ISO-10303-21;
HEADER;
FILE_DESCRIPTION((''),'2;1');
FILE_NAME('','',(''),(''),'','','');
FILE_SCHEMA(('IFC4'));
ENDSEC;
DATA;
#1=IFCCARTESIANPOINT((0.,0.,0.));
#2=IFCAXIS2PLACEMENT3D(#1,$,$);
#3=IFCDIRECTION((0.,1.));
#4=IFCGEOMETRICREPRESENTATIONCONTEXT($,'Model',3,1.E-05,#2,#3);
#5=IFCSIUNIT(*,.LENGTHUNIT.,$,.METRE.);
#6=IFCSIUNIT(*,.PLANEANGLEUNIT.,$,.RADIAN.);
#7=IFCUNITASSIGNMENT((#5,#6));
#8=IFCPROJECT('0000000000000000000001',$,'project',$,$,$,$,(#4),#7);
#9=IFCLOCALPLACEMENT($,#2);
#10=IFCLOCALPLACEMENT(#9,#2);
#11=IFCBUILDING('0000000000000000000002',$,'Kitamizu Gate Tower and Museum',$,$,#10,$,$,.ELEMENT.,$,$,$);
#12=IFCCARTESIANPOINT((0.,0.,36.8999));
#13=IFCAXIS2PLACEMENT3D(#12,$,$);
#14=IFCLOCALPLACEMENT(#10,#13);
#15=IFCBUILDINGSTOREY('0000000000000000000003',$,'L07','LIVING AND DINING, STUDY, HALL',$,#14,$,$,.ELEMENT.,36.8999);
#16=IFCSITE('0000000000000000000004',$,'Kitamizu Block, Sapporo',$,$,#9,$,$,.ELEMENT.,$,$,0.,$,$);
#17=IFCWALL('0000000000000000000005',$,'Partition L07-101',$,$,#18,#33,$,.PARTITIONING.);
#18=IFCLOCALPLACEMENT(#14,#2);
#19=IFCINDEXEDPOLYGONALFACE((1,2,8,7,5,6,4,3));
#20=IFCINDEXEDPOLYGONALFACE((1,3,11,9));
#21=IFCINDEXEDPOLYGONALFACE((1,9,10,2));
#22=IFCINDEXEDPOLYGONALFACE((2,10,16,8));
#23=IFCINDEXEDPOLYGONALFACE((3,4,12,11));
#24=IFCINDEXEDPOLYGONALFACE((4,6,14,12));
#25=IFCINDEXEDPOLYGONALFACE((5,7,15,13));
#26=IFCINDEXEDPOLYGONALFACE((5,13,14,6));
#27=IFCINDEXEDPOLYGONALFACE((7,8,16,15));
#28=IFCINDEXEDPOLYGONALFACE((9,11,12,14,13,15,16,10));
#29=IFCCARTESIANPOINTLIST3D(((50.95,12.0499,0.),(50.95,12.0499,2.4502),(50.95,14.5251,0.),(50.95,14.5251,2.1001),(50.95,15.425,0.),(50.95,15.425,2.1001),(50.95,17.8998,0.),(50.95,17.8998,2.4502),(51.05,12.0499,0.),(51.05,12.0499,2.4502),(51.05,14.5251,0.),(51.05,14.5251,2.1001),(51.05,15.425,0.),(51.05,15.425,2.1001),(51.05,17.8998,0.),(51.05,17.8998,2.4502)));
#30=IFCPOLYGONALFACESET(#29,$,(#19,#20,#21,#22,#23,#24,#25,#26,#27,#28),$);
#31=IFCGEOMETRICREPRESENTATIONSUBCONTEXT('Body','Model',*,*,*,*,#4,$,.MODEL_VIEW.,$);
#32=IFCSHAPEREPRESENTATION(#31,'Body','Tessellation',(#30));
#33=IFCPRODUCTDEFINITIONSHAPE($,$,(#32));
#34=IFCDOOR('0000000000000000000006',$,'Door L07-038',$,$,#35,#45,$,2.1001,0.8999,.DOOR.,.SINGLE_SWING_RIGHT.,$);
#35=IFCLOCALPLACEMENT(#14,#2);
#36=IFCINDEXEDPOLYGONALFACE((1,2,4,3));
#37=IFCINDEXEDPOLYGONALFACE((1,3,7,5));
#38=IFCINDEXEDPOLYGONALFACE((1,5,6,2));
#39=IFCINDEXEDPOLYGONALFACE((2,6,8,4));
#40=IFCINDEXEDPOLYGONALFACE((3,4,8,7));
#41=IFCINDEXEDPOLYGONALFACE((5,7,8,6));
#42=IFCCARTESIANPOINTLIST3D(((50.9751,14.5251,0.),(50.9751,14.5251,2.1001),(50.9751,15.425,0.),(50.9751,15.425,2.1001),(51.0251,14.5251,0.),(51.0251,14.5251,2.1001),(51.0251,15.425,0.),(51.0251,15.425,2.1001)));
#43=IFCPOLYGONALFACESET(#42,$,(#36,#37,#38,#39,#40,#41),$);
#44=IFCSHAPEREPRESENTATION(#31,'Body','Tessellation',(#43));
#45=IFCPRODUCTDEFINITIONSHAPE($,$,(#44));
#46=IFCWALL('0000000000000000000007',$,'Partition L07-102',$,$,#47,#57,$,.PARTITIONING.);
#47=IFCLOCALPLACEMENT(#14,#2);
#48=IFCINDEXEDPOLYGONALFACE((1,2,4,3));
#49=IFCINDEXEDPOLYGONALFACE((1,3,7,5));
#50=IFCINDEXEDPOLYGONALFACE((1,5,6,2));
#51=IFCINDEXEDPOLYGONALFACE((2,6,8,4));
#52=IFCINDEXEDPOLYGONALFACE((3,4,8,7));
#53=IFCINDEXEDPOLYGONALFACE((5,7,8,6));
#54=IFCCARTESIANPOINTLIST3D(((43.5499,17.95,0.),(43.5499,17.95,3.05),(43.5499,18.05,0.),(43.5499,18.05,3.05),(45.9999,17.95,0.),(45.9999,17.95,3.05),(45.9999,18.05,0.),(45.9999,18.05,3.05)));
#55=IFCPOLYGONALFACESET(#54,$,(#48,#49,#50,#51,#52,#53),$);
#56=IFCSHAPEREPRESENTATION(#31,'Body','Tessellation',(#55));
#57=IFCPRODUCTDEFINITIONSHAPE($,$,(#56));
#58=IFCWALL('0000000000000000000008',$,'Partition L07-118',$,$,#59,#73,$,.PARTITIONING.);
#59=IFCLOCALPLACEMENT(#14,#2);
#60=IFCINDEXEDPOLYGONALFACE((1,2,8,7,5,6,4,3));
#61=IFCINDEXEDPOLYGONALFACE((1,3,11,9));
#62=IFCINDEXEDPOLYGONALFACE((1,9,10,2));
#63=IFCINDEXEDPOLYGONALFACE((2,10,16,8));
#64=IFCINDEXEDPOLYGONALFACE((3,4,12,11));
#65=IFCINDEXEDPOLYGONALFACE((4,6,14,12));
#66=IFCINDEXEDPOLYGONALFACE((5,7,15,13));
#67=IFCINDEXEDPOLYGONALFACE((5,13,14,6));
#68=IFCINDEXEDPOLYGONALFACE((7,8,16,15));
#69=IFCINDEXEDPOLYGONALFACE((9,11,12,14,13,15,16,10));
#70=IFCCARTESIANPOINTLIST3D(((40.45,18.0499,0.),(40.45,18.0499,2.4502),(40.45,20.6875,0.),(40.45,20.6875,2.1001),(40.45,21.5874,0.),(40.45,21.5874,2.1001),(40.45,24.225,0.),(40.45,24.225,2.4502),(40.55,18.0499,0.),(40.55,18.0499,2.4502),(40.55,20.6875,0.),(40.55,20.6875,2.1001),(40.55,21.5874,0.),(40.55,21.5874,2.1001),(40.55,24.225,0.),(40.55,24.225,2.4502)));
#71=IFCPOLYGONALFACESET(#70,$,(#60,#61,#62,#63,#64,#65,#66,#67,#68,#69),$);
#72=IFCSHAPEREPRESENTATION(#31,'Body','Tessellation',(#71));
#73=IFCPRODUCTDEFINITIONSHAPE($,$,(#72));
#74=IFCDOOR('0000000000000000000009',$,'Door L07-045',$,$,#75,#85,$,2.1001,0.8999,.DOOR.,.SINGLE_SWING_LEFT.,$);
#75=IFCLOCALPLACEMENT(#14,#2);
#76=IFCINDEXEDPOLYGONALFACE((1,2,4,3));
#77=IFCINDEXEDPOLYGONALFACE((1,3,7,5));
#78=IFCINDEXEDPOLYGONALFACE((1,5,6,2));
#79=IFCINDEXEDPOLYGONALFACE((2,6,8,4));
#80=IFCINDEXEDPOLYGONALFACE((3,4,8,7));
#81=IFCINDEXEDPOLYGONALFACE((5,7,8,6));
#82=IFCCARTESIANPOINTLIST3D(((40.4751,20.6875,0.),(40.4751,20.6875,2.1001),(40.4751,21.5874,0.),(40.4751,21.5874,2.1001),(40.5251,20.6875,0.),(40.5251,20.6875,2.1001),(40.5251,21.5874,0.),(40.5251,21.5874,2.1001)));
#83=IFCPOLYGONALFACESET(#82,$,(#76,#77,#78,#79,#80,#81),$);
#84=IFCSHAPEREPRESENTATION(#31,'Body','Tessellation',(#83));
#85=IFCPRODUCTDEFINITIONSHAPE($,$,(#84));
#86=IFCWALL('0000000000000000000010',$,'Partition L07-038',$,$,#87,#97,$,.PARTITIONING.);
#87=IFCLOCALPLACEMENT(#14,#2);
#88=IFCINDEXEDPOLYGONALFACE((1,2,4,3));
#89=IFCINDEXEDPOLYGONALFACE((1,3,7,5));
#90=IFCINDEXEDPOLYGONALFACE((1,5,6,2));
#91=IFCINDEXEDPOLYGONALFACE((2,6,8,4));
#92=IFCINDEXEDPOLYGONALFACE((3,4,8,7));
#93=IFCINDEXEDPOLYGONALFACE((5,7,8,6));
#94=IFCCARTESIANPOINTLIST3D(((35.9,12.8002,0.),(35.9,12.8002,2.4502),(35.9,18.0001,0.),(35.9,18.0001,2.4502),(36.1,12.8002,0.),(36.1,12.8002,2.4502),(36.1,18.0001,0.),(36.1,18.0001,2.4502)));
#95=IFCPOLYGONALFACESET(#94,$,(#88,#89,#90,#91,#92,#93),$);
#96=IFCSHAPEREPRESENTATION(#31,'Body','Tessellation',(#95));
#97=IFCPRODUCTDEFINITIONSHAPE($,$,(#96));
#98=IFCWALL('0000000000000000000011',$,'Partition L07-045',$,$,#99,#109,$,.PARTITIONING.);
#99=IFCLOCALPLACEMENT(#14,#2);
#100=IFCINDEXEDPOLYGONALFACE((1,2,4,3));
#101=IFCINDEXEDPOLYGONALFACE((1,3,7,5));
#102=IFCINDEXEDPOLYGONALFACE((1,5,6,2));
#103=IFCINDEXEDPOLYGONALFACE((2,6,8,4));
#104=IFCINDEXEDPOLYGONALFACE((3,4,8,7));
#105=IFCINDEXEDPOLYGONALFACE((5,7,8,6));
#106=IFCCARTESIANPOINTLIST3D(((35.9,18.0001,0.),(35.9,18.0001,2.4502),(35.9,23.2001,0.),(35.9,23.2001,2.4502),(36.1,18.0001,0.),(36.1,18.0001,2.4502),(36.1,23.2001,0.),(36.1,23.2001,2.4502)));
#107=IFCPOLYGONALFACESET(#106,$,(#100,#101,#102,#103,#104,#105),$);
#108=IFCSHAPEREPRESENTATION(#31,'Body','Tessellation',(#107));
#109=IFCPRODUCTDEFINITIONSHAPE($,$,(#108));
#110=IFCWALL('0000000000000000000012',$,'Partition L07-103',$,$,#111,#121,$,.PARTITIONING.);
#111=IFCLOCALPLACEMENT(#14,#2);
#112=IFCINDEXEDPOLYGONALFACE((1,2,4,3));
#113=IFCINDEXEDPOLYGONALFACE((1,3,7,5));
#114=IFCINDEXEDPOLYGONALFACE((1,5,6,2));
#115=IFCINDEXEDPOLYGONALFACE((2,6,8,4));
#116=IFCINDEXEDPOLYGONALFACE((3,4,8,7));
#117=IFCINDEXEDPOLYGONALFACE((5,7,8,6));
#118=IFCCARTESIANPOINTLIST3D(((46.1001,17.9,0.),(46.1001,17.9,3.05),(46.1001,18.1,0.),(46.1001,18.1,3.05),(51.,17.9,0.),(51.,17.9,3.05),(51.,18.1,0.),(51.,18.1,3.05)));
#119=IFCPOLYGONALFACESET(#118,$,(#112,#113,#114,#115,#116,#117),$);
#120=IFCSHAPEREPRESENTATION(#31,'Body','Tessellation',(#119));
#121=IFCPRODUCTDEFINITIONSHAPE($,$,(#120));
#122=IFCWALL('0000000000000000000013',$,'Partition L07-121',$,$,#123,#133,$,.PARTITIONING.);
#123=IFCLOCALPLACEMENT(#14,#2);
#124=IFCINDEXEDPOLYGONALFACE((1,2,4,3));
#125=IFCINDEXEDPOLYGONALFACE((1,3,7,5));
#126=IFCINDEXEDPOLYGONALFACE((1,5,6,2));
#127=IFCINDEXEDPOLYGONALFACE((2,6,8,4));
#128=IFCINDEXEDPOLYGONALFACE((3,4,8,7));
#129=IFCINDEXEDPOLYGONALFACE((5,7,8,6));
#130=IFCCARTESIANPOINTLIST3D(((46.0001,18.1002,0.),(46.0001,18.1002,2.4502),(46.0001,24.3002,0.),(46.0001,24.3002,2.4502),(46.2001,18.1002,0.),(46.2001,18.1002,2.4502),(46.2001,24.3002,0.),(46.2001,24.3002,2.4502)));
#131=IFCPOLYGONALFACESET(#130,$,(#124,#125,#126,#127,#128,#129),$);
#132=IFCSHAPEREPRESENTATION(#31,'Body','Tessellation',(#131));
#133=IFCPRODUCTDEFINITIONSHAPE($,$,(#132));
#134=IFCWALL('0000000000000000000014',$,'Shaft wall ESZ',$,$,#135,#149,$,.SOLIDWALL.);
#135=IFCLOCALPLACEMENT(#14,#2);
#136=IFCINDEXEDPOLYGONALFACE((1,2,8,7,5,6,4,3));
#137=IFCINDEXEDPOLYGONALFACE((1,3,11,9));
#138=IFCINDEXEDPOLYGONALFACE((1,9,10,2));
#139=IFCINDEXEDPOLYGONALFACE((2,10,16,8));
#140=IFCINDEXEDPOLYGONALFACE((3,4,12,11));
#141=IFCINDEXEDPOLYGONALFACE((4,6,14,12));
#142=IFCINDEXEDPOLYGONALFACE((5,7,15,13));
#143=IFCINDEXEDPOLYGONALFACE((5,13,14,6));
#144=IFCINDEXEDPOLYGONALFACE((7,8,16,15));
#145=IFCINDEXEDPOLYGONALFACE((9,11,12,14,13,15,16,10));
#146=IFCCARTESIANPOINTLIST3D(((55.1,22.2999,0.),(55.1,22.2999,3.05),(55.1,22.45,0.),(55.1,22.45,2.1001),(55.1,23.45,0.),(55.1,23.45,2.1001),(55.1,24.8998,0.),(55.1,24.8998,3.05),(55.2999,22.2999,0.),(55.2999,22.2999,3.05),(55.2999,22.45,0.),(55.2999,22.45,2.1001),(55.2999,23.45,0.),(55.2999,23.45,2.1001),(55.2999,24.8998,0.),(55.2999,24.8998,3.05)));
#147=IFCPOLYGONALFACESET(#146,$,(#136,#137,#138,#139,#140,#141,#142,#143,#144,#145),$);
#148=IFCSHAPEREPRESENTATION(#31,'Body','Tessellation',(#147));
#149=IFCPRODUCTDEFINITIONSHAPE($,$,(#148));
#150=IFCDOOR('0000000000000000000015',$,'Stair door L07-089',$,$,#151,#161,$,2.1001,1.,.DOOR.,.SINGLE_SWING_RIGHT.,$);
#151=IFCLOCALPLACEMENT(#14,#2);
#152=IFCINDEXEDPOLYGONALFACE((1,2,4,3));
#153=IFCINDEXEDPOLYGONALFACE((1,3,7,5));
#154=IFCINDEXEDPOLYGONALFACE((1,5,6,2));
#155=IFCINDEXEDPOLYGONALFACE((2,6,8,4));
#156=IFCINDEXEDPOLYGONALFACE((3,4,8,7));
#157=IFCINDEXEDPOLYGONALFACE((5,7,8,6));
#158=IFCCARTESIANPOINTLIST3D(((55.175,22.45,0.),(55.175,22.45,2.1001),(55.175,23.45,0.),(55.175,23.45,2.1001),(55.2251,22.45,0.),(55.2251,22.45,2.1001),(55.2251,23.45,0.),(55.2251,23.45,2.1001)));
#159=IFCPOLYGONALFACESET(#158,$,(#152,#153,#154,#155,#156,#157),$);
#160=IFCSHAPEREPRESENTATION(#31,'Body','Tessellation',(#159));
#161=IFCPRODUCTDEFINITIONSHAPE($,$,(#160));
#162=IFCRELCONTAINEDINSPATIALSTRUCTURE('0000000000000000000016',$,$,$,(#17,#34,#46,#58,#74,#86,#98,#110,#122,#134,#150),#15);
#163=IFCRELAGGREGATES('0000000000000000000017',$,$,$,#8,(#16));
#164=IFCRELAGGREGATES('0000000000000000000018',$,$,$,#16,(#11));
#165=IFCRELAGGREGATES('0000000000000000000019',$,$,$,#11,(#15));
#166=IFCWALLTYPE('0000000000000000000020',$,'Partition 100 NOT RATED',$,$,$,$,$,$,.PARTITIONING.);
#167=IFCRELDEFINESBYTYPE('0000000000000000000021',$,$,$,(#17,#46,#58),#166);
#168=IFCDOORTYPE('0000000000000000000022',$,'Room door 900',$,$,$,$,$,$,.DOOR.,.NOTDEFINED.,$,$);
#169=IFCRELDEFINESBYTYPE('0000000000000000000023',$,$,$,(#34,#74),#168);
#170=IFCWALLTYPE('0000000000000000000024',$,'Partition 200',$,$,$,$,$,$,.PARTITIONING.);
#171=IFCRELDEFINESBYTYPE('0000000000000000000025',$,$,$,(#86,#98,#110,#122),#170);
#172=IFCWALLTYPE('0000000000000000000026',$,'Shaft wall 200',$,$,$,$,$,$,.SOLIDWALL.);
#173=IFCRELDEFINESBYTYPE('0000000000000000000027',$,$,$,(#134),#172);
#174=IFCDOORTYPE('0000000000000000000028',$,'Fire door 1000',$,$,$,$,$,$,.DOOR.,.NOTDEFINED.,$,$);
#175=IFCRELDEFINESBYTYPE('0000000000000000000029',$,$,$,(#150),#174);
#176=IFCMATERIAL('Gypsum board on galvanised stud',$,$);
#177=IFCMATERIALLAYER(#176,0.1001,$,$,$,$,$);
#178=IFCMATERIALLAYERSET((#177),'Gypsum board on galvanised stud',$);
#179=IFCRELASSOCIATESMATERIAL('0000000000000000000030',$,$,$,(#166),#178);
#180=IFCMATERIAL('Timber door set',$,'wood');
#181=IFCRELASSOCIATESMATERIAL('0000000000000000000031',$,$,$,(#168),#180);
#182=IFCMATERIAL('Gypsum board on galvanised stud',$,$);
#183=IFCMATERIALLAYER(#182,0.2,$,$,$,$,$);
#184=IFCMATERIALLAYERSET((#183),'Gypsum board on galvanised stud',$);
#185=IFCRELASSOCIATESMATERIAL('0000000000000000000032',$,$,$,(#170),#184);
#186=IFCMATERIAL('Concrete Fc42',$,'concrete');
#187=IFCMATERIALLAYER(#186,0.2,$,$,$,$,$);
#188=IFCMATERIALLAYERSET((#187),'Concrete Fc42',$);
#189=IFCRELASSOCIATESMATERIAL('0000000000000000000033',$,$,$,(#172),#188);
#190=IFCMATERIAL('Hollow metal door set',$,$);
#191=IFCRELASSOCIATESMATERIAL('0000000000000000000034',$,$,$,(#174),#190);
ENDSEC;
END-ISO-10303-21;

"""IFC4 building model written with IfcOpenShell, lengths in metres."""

from ifc_helpers import new_model, si_unit, direction, frame, frame_2d, origin, place, context, subcontext, project, spatial, rectangle, extrude, material, layer, layer_set, type_object, element, fill, save


model = new_model("IFC4")

# Units and contexts
model_context = context("Model", 3, precision=1e-05, world=origin(), true_north=direction((0.0, 1.0)))
body_context = subcontext(model_context, "Body", "Model", "MODEL_VIEW")
ifc_project = project(units=[si_unit("LENGTHUNIT", "METRE"), si_unit("PLANEANGLEUNIT", "RADIAN")], contexts=[model_context])

# Site, building, storey
site_placement = place(None, origin())
site = spatial("IfcSite", under=ifc_project, at=site_placement, Name="Kitamizu Block, Sapporo", CompositionType="ELEMENT", RefElevation=0.0)
building_placement = place(site_placement, origin())
building = spatial("IfcBuilding", under=site, at=building_placement, Name="Kitamizu Gate Tower and Museum", CompositionType="ELEMENT")
storey_placement = place(building_placement, frame((0.0, 0.0, 36.8999)))
storey = spatial("IfcBuildingStorey", under=building, at=storey_placement, Name="L07", Description="LIVING AND DINING, STUDY, HALL", CompositionType="ELEMENT", Elevation=36.8999)

# Shared definitions
ifc_material_1 = material(Name="Gypsum board on galvanised stud")
ifc_layer_1 = layer(ifc_material_1, 0.1001)
ifc_layer_set_1 = layer_set([ifc_layer_1], Name="Gypsum board on galvanised stud")
wall_type_1 = type_object("IfcWallType", Name="Partition 100 NOT RATED", PredefinedType="PARTITIONING", material=ifc_layer_set_1)

# Shared definitions
ifc_material_2 = material(Name="Timber door set", Category="wood")
door_type_1 = type_object("IfcDoorType", Name="Room door 900", OperationType="NOTDEFINED", PredefinedType="DOOR", material=ifc_material_2)

# Wall, opening, door
wall_1_placement = place(storey_placement, frame((51.0, 12.05, 0.0), z_axis=(0.0, 0.0, 1.0), x_axis=(0.0, 1.0, 0.0)))
wall_1 = element("IfcWall", 1, at=wall_1_placement, inside=storey, type_object=wall_type_1, Name="Partition L07-101", PredefinedType="PARTITIONING", context=body_context, shape_type="SweptSolid", body=[
    extrude(rectangle(XDim=5.8499, YDim=0.1001, at=frame_2d((2.9248, 0.0))), origin(), (0.0, 0.0, 1.0), 2.4502),
])
opening_1_placement = place(wall_1_placement, frame((2.4751, 0.0, 0.0)))
opening_1 = element("IfcOpeningElement", 2, at=opening_1_placement, cuts=wall_1, PredefinedType="OPENING", context=body_context, shape_type="SweptSolid", body=[
    extrude(rectangle(XDim=0.8999, YDim=2.1001, at=frame_2d((0.45, 1.05))), frame((0.0, 0.0601, 0.0), z_axis=(0.0, -1.0, 0.0), x_axis=(1.0, 0.0, 0.0)), (0.0, 0.0, 1.0), 0.1201),
])
door_1_placement = place(opening_1_placement, origin())
door_1 = element("IfcDoor", 3, at=door_1_placement, inside=storey, type_object=door_type_1, Name="Door L07-038", OperationType="SINGLE_SWING_RIGHT", OverallHeight=2.1001, OverallWidth=0.8999, PredefinedType="DOOR", context=body_context, shape_type="SweptSolid", body=[
    extrude(rectangle(XDim=0.8999, YDim=2.1001, at=frame_2d((0.45, 1.05))), frame((0.0, 0.0249, 0.0), z_axis=(0.0, -1.0, 0.0), x_axis=(1.0, 0.0, 0.0)), (0.0, 0.0, 1.0), 0.05),
])
fill(opening_1, door_1)

# Wall
wall_2_placement = place(storey_placement, frame((46.0, 18.0, 0.0), z_axis=(0.0, 0.0, 1.0), x_axis=(-1.0, 0.0, 0.0)))
element("IfcWall", 4, at=wall_2_placement, inside=storey, type_object=wall_type_1, Name="Partition L07-102", PredefinedType="PARTITIONING", context=body_context, shape_type="SweptSolid", body=[
    extrude(rectangle(XDim=2.45, YDim=0.1001, at=frame_2d((1.2251, 0.0))), origin(), (0.0, 0.0, 1.0), 3.05),
])

# Wall, opening, door
wall_3_placement = place(storey_placement, frame((40.5, 18.05, 0.0), z_axis=(0.0, 0.0, 1.0), x_axis=(0.0, 1.0, 0.0)))
wall_3 = element("IfcWall", 5, at=wall_3_placement, inside=storey, type_object=wall_type_1, Name="Partition L07-118", PredefinedType="PARTITIONING", context=body_context, shape_type="SweptSolid", body=[
    extrude(rectangle(XDim=6.175, YDim=0.1001, at=frame_2d((3.0874, 0.0))), origin(), (0.0, 0.0, 1.0), 2.4502),
])
opening_2_placement = place(wall_3_placement, frame((2.6375, 0.0, 0.0)))
opening_2 = element("IfcOpeningElement", 6, at=opening_2_placement, cuts=wall_3, PredefinedType="OPENING", context=body_context, shape_type="SweptSolid", body=[
    extrude(rectangle(XDim=0.8999, YDim=2.1001, at=frame_2d((0.45, 1.05))), frame((0.0, 0.0601, 0.0), z_axis=(0.0, -1.0, 0.0), x_axis=(1.0, 0.0, 0.0)), (0.0, 0.0, 1.0), 0.1201),
])
door_2_placement = place(opening_2_placement, origin())
door_2 = element("IfcDoor", 7, at=door_2_placement, inside=storey, type_object=door_type_1, Name="Door L07-045", OperationType="SINGLE_SWING_LEFT", OverallHeight=2.1001, OverallWidth=0.8999, PredefinedType="DOOR", context=body_context, shape_type="SweptSolid", body=[
    extrude(rectangle(XDim=0.8999, YDim=2.1001, at=frame_2d((0.45, 1.05))), frame((0.0, 0.0249, 0.0), z_axis=(0.0, -1.0, 0.0), x_axis=(1.0, 0.0, 0.0)), (0.0, 0.0, 1.0), 0.05),
])
fill(opening_2, door_2)

# Walls
ifc_material_3 = material(Name="Gypsum board on galvanised stud")
ifc_layer_2 = layer(ifc_material_3, 0.2)
ifc_layer_set_2 = layer_set([ifc_layer_2], Name="Gypsum board on galvanised stud")
wall_type_2 = type_object("IfcWallType", Name="Partition 200", PredefinedType="PARTITIONING", material=ifc_layer_set_2)
for number, where, z_axis, x_axis, name in (
    (8, (36.0, 12.8, 0.0), (0.0, 0.0, 1.0), (0.0, 1.0, 0.0), "Partition L07-038"),
    (9, (36.0, 18.0, 0.0), (0.0, 0.0, 1.0), (0.0, 1.0, 0.0), "Partition L07-045"),
):
    element("IfcWall", number, at=place(storey_placement, frame(where, z_axis=z_axis, x_axis=x_axis)), inside=storey, type_object=wall_type_2, Name=name, PredefinedType="PARTITIONING", context=body_context, shape_type="SweptSolid", body=[
        extrude(rectangle(XDim=5.2, YDim=0.2, at=frame_2d((2.6001, 0.0))), origin(), (0.0, 0.0, 1.0), 2.4502),
    ])
wall_4_placement = place(storey_placement, frame((51.0, 18.0, 0.0), z_axis=(0.0, 0.0, 1.0), x_axis=(-1.0, 0.0, 0.0)))
element("IfcWall", 10, at=wall_4_placement, inside=storey, type_object=wall_type_2, Name="Partition L07-103", PredefinedType="PARTITIONING", context=body_context, shape_type="SweptSolid", body=[
    extrude(rectangle(XDim=4.8999, YDim=0.2, at=frame_2d((2.45, 0.0))), origin(), (0.0, 0.0, 1.0), 3.05),
])
wall_5_placement = place(storey_placement, frame((46.1001, 18.1001, 0.0), z_axis=(0.0, 0.0, 1.0), x_axis=(0.0, 1.0, 0.0)))
element("IfcWall", 11, at=wall_5_placement, inside=storey, type_object=wall_type_2, Name="Partition L07-121", PredefinedType="PARTITIONING", context=body_context, shape_type="SweptSolid", body=[
    extrude(rectangle(XDim=6.2, YDim=0.2, at=frame_2d((3.1001, 0.0))), origin(), (0.0, 0.0, 1.0), 2.4502),
])

# Wall, opening, door
ifc_material_4 = material(Name="Concrete Fc42", Category="concrete")
ifc_layer_3 = layer(ifc_material_4, 0.2)
ifc_layer_set_3 = layer_set([ifc_layer_3], Name="Concrete Fc42")
wall_type_3 = type_object("IfcWallType", Name="Shaft wall 200", PredefinedType="SOLIDWALL", material=ifc_layer_set_3)
wall_6_placement = place(storey_placement, frame((55.2, 22.3, 0.0), z_axis=(0.0, 0.0, 1.0), x_axis=(0.0, 1.0, 0.0)))
wall_6 = element("IfcWall", 12, at=wall_6_placement, inside=storey, type_object=wall_type_3, Name="Shaft wall ESZ", PredefinedType="SOLIDWALL", context=body_context, shape_type="SweptSolid", body=[
    extrude(rectangle(XDim=2.5999, YDim=0.2, at=frame_2d((1.2998, 0.0))), origin(), (0.0, 0.0, 1.0), 3.05),
])
opening_3_placement = place(wall_6_placement, frame((0.1499, 0.0, 0.0)))
opening_3 = element("IfcOpeningElement", 13, at=opening_3_placement, cuts=wall_6, PredefinedType="OPENING", context=body_context, shape_type="SweptSolid", body=[
    extrude(rectangle(XDim=1.0, YDim=2.1001, at=frame_2d((0.5, 1.05))), frame((0.0, 0.1099, 0.0), z_axis=(0.0, -1.0, 0.0), x_axis=(1.0, 0.0, 0.0)), (0.0, 0.0, 1.0), 0.22),
])
ifc_material_5 = material(Name="Hollow metal door set")
door_type_2 = type_object("IfcDoorType", Name="Fire door 1000", OperationType="NOTDEFINED", PredefinedType="DOOR", material=ifc_material_5)
door_3_placement = place(opening_3_placement, origin())
door_3 = element("IfcDoor", 14, at=door_3_placement, inside=storey, type_object=door_type_2, Name="Stair door L07-089", OperationType="SINGLE_SWING_RIGHT", OverallHeight=2.1001, OverallWidth=1.0, PredefinedType="DOOR", context=body_context, shape_type="SweptSolid", body=[
    extrude(rectangle(XDim=1.0, YDim=2.1001, at=frame_2d((0.5, 1.05))), frame((0.0, 0.0249, 0.0), z_axis=(0.0, -1.0, 0.0), x_axis=(1.0, 0.0, 0.0)), (0.0, 0.0, 1.0), 0.05),
])
fill(opening_3, door_3)

save(model, "model.ifc")
